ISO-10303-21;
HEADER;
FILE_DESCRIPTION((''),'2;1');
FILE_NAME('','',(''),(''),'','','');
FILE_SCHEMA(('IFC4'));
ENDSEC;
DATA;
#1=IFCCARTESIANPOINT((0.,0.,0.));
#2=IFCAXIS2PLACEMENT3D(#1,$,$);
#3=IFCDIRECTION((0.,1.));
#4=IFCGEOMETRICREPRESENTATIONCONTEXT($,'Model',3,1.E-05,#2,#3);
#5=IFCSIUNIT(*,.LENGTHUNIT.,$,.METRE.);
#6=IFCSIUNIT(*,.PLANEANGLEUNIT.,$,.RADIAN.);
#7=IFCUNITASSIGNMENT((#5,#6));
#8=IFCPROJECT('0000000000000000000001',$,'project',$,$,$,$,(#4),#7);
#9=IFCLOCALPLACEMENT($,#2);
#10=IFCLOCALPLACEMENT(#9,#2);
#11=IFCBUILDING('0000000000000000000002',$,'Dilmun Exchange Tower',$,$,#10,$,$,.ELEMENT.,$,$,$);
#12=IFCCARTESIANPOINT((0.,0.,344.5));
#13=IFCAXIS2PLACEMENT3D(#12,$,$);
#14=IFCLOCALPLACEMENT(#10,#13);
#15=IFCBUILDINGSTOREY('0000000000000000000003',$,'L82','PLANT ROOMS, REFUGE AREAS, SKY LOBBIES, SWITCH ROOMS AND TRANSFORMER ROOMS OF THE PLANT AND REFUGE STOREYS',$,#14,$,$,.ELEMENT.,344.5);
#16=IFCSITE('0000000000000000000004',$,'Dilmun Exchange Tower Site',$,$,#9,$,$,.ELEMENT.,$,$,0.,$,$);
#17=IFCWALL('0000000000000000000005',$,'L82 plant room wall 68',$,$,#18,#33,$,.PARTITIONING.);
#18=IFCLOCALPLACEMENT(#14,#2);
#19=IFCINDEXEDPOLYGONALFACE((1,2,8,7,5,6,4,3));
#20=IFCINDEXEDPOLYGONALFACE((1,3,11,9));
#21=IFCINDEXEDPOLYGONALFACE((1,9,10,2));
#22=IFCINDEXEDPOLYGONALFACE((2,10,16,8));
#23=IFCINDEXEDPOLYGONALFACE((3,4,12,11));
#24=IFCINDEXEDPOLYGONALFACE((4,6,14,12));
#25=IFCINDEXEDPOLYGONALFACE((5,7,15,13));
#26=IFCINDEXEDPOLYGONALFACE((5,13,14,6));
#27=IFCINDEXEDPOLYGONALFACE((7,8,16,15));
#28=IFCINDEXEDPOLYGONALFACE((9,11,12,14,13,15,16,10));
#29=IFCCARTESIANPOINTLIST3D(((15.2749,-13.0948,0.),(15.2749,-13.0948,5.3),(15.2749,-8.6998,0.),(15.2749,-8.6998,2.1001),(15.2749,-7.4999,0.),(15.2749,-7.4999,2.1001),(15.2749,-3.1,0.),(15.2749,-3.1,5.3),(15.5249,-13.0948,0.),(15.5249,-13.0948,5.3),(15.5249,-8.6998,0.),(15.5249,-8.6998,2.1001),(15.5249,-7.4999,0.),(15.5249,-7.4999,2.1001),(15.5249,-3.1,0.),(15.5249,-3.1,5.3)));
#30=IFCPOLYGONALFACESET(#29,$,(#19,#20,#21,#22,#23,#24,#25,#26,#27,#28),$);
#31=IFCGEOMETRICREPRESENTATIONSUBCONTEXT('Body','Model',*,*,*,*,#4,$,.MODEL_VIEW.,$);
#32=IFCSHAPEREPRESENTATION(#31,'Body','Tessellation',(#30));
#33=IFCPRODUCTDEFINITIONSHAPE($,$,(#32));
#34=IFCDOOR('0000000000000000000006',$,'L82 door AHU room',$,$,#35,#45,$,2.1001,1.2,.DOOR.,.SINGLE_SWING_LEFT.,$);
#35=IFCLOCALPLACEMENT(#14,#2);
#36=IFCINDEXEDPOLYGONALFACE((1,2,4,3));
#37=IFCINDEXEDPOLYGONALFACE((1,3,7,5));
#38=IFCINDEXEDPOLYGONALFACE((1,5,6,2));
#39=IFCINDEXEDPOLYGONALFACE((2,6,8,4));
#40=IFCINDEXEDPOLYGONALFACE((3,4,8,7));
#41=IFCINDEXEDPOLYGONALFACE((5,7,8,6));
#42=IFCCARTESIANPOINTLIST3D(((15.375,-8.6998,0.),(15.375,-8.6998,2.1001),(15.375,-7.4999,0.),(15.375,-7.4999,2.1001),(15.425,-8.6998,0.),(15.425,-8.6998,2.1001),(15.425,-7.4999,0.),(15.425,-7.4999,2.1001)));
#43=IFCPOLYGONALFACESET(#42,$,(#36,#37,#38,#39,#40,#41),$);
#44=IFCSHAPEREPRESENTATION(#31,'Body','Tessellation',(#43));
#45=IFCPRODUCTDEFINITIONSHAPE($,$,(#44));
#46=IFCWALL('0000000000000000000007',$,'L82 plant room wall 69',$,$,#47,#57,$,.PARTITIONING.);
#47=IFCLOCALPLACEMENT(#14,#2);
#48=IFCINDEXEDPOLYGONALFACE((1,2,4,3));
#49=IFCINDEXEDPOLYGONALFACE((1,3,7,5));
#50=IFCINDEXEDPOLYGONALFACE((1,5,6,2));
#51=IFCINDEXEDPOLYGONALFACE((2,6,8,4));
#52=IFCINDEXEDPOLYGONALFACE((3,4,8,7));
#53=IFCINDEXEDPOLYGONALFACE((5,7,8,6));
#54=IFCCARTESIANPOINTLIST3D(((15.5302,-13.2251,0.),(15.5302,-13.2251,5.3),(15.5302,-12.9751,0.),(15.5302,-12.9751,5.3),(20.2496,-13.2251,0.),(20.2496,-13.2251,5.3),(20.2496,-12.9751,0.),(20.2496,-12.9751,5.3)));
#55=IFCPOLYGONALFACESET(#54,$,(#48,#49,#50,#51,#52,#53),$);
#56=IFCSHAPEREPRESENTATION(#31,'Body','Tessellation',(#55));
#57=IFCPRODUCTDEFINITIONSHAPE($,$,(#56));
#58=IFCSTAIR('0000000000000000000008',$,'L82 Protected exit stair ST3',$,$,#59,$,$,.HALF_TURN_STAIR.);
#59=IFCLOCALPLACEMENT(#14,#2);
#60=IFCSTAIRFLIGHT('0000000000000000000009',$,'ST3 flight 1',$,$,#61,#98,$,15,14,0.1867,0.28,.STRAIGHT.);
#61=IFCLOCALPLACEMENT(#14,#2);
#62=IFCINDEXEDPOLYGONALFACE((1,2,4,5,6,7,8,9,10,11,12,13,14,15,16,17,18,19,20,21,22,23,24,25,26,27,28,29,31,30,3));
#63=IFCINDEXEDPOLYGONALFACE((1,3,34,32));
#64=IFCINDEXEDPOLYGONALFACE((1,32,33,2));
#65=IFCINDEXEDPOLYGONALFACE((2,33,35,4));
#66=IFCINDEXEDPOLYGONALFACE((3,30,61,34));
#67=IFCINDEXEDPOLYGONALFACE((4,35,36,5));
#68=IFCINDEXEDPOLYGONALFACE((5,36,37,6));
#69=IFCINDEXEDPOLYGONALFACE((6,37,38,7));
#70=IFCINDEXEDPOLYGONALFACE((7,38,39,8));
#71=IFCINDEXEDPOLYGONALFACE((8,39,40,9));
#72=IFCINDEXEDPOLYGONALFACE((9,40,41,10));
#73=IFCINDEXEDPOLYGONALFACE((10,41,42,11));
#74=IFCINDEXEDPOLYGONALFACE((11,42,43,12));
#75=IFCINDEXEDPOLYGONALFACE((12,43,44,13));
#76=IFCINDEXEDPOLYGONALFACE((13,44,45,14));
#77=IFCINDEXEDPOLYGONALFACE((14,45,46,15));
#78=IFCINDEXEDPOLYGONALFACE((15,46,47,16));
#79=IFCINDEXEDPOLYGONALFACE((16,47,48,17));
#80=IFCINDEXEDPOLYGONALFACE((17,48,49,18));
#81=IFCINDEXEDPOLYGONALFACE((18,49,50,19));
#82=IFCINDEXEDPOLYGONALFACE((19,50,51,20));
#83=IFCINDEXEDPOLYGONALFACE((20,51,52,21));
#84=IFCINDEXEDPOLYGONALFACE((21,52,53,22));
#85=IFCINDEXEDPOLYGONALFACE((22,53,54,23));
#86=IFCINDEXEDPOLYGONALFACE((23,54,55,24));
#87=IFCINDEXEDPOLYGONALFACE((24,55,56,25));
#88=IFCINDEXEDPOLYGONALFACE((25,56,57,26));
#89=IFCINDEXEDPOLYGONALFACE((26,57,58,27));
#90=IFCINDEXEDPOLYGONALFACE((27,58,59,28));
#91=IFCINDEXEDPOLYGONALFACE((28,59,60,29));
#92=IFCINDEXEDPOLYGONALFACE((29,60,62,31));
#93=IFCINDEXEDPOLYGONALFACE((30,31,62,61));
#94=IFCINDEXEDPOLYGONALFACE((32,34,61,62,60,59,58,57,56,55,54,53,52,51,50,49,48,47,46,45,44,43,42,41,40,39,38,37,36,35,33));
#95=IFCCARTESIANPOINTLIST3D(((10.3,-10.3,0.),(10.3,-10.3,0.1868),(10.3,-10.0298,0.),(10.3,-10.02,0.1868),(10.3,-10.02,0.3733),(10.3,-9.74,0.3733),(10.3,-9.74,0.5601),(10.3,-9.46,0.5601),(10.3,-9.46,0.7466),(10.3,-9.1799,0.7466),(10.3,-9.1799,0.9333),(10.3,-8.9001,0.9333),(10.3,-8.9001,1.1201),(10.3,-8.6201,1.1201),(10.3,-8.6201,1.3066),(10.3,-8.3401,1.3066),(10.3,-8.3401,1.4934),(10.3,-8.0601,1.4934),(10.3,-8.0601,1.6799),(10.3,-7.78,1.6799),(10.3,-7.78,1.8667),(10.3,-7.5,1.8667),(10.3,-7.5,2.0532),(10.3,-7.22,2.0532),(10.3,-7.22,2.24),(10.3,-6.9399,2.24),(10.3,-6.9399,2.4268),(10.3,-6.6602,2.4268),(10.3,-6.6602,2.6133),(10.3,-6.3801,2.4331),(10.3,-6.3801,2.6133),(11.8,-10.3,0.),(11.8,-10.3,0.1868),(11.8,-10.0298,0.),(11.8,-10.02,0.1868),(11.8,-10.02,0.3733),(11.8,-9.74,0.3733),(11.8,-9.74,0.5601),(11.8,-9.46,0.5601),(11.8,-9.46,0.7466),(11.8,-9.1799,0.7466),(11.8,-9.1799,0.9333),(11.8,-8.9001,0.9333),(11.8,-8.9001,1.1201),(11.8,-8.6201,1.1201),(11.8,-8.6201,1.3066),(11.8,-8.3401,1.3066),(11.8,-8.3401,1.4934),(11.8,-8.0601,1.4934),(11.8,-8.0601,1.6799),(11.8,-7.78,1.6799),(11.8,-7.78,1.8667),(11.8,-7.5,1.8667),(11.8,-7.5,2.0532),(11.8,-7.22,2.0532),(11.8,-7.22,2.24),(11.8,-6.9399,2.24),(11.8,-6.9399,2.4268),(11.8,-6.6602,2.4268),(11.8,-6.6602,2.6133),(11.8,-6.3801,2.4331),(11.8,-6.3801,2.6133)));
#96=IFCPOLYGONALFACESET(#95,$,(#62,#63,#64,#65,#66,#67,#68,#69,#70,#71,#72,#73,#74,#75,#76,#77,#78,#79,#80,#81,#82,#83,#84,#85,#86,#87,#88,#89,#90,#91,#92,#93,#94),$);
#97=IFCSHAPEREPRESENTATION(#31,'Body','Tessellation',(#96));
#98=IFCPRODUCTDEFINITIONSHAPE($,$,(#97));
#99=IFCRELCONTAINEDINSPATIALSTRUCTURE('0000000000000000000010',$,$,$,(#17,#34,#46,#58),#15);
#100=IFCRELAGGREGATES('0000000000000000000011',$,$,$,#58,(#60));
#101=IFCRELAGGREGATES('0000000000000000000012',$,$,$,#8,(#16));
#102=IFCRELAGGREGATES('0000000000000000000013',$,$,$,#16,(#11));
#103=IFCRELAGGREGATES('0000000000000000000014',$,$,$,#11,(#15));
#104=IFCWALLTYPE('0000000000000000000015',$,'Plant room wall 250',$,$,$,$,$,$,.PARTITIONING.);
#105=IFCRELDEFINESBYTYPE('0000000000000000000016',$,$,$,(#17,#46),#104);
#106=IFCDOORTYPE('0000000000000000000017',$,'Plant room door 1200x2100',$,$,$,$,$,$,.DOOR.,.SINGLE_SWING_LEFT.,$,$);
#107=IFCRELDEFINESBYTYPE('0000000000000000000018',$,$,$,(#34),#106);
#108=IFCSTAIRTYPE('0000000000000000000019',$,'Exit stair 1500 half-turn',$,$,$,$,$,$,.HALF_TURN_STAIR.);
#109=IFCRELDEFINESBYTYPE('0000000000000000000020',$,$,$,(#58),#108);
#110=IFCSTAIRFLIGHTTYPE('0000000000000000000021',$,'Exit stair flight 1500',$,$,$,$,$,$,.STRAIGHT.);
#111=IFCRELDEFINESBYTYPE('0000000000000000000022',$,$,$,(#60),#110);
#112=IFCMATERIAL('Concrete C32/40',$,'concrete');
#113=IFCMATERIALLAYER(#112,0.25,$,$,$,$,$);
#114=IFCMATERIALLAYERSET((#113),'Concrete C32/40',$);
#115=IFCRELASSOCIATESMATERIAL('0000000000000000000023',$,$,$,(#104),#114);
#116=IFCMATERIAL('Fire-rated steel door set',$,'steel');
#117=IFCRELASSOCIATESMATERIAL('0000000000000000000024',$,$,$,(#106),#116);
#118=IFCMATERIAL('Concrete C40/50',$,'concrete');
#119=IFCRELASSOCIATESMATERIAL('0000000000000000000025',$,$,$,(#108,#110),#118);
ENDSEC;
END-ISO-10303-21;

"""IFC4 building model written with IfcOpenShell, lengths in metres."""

from ifc_helpers import new_model, si_unit, direction, frame, frame_2d, origin, place, context, subcontext, project, spatial, polyline, rectangle, outline, extrude, material, layer, layer_set, type_object, element, fill, aggregate, save


model = new_model("IFC4")

# Units and contexts
model_context = context("Model", 3, precision=1e-05, world=origin(), true_north=direction((0.0, 1.0)))
body_context = subcontext(model_context, "Body", "Model", "MODEL_VIEW")
ifc_project = project(units=[si_unit("LENGTHUNIT", "METRE"), si_unit("PLANEANGLEUNIT", "RADIAN")], contexts=[model_context])

# Site, building, storey
site_placement = place(None, origin())
site = spatial("IfcSite", under=ifc_project, at=site_placement, Name="Dilmun Exchange Tower Site", CompositionType="ELEMENT", RefElevation=0.0)
building_placement = place(site_placement, origin())
building = spatial("IfcBuilding", under=site, at=building_placement, Name="Dilmun Exchange Tower", CompositionType="ELEMENT")
storey_placement = place(building_placement, frame((0.0, 0.0, 344.5)))
storey = spatial("IfcBuildingStorey", under=building, at=storey_placement, Name="L82", Description="PLANT ROOMS, REFUGE AREAS, SKY LOBBIES, SWITCH ROOMS AND TRANSFORMER ROOMS OF THE PLANT AND REFUGE STOREYS", CompositionType="ELEMENT", Elevation=344.5)

# Shared definitions
ifc_material_1 = material(Name="Concrete C40/50", Category="concrete")

# Shared definitions
ifc_material_2 = material(Name="Fire-rated steel door set", Category="steel")
ifc_material_3 = material(Name="Concrete C32/40", Category="concrete")
ifc_layer_1 = layer(ifc_material_3, 0.25)
ifc_layer_set_1 = layer_set([ifc_layer_1], Name="Concrete C32/40")
wall_type_1 = type_object("IfcWallType", Name="Plant room wall 250", PredefinedType="PARTITIONING", material=ifc_layer_set_1)
door_type_1 = type_object("IfcDoorType", Name="Plant room door 1200x2100", OperationType="SINGLE_SWING_LEFT", PredefinedType="DOOR", material=ifc_material_2)

# Wall, opening, door
wall_1_placement = place(storey_placement, frame((15.3999, -13.095, 0.0), z_axis=(0.0, 0.0, 1.0), x_axis=(0.0, 1.0, 0.0)))
wall_1 = element("IfcWall", 1, at=wall_1_placement, inside=storey, type_object=wall_type_1, Name="L82 plant room wall 68", PredefinedType="PARTITIONING", context=body_context, shape_type="SweptSolid", body=[
    extrude(rectangle(XDim=9.9949, YDim=0.25, at=frame_2d((4.9976, 0.0))), origin(), (0.0, 0.0, 1.0), 5.3),
])
opening_1_placement = place(wall_1_placement, frame((4.395, 0.0, 0.0)))
opening_1 = element("IfcOpeningElement", 2, at=opening_1_placement, cuts=wall_1, PredefinedType="OPENING", context=body_context, shape_type="SweptSolid", body=[
    extrude(rectangle(XDim=1.2, YDim=2.1001, at=frame_2d((0.6001, 1.05))), frame((0.0, 0.135, 0.0), z_axis=(0.0, -1.0, 0.0), x_axis=(1.0, 0.0, 0.0)), (0.0, 0.0, 1.0), 0.27),
])
door_1_placement = place(opening_1_placement, origin())
door_1 = element("IfcDoor", 3, at=door_1_placement, inside=storey, type_object=door_type_1, Name="L82 door AHU room", OperationType="SINGLE_SWING_LEFT", OverallHeight=2.1001, OverallWidth=1.2, PredefinedType="DOOR", context=body_context, shape_type="SweptSolid", body=[
    extrude(rectangle(XDim=1.2, YDim=2.1001, at=frame_2d((0.6001, 1.05))), frame((0.0, 0.0249, 0.0), z_axis=(0.0, -1.0, 0.0), x_axis=(1.0, 0.0, 0.0)), (0.0, 0.0, 1.0), 0.05),
])
fill(opening_1, door_1)

# Wall
wall_2_placement = place(storey_placement, frame((15.53, -13.1001, 0.0), z_axis=(0.0, 0.0, 1.0), x_axis=(1.0, 0.0, 0.0)))
element("IfcWall", 4, at=wall_2_placement, inside=storey, type_object=wall_type_1, Name="L82 plant room wall 69", PredefinedType="PARTITIONING", context=body_context, shape_type="SweptSolid", body=[
    extrude(rectangle(XDim=4.7195, YDim=0.25, at=frame_2d((2.3599, 0.0))), origin(), (0.0, 0.0, 1.0), 5.3),
])

# Stair, stair flight
stair_type = type_object("IfcStairType", Name="Exit stair 1500 half-turn", PredefinedType="HALF_TURN_STAIR", material=ifc_material_1)
stair_placement = place(storey_placement, origin())
stair = element("IfcStair", 5, at=stair_placement, inside=storey, type_object=stair_type, Name="L82 Protected exit stair ST3", PredefinedType="HALF_TURN_STAIR")
stair_flight_type = type_object("IfcStairFlightType", Name="Exit stair flight 1500", PredefinedType="STRAIGHT", material=ifc_material_1)
stair_flight_placement = place(storey_placement, frame((11.05, -10.3, 0.0), z_axis=(0.0, 0.0, 1.0), x_axis=(0.0, 1.0, 0.0)))
stair_flight = element("IfcStairFlight", 6, at=stair_flight_placement, type_object=stair_flight_type, Name="ST3 flight 1", NumberOfRisers=15, NumberOfTreads=14, PredefinedType="STRAIGHT", RiserHeight=0.1867, TreadLength=0.28, context=body_context, shape_type="SweptSolid", body=[
    extrude(outline(polyline([(0.0, 0.0), (0.0, 0.1868), (0.28, 0.1868), (0.28, 0.3733), (0.5601, 0.3733), (0.5601, 0.5601), (0.8401, 0.5601), (0.8401, 0.7466), (1.1201, 0.7466), (1.1201, 0.9333), (1.3999, 0.9333), (1.3999, 1.1201), (1.6799, 1.1201), (1.6799, 1.3066), (1.96, 1.3066), (1.96, 1.4934), (2.24, 1.4934), (2.24, 1.6799), (2.52, 1.6799), (2.52, 1.8667), (2.8, 1.8667), (2.8, 2.0532), (3.0801, 2.0532), (3.0801, 2.24), (3.3601, 2.24), (3.3601, 2.4268), (3.6399, 2.4268), (3.6399, 2.6133), (3.9199, 2.6133), (3.9199, 2.8), (3.9199, 2.4331), (0.2703, 0.0), (0.0, 0.0)])), frame((0.0, 0.75, 0.0), z_axis=(0.0, -1.0, 0.0), x_axis=(1.0, 0.0, 0.0)), (0.0, 0.0, 1.0), 1.5),
])
aggregate(stair, [stair_flight])

save(model, "model.ifc")
